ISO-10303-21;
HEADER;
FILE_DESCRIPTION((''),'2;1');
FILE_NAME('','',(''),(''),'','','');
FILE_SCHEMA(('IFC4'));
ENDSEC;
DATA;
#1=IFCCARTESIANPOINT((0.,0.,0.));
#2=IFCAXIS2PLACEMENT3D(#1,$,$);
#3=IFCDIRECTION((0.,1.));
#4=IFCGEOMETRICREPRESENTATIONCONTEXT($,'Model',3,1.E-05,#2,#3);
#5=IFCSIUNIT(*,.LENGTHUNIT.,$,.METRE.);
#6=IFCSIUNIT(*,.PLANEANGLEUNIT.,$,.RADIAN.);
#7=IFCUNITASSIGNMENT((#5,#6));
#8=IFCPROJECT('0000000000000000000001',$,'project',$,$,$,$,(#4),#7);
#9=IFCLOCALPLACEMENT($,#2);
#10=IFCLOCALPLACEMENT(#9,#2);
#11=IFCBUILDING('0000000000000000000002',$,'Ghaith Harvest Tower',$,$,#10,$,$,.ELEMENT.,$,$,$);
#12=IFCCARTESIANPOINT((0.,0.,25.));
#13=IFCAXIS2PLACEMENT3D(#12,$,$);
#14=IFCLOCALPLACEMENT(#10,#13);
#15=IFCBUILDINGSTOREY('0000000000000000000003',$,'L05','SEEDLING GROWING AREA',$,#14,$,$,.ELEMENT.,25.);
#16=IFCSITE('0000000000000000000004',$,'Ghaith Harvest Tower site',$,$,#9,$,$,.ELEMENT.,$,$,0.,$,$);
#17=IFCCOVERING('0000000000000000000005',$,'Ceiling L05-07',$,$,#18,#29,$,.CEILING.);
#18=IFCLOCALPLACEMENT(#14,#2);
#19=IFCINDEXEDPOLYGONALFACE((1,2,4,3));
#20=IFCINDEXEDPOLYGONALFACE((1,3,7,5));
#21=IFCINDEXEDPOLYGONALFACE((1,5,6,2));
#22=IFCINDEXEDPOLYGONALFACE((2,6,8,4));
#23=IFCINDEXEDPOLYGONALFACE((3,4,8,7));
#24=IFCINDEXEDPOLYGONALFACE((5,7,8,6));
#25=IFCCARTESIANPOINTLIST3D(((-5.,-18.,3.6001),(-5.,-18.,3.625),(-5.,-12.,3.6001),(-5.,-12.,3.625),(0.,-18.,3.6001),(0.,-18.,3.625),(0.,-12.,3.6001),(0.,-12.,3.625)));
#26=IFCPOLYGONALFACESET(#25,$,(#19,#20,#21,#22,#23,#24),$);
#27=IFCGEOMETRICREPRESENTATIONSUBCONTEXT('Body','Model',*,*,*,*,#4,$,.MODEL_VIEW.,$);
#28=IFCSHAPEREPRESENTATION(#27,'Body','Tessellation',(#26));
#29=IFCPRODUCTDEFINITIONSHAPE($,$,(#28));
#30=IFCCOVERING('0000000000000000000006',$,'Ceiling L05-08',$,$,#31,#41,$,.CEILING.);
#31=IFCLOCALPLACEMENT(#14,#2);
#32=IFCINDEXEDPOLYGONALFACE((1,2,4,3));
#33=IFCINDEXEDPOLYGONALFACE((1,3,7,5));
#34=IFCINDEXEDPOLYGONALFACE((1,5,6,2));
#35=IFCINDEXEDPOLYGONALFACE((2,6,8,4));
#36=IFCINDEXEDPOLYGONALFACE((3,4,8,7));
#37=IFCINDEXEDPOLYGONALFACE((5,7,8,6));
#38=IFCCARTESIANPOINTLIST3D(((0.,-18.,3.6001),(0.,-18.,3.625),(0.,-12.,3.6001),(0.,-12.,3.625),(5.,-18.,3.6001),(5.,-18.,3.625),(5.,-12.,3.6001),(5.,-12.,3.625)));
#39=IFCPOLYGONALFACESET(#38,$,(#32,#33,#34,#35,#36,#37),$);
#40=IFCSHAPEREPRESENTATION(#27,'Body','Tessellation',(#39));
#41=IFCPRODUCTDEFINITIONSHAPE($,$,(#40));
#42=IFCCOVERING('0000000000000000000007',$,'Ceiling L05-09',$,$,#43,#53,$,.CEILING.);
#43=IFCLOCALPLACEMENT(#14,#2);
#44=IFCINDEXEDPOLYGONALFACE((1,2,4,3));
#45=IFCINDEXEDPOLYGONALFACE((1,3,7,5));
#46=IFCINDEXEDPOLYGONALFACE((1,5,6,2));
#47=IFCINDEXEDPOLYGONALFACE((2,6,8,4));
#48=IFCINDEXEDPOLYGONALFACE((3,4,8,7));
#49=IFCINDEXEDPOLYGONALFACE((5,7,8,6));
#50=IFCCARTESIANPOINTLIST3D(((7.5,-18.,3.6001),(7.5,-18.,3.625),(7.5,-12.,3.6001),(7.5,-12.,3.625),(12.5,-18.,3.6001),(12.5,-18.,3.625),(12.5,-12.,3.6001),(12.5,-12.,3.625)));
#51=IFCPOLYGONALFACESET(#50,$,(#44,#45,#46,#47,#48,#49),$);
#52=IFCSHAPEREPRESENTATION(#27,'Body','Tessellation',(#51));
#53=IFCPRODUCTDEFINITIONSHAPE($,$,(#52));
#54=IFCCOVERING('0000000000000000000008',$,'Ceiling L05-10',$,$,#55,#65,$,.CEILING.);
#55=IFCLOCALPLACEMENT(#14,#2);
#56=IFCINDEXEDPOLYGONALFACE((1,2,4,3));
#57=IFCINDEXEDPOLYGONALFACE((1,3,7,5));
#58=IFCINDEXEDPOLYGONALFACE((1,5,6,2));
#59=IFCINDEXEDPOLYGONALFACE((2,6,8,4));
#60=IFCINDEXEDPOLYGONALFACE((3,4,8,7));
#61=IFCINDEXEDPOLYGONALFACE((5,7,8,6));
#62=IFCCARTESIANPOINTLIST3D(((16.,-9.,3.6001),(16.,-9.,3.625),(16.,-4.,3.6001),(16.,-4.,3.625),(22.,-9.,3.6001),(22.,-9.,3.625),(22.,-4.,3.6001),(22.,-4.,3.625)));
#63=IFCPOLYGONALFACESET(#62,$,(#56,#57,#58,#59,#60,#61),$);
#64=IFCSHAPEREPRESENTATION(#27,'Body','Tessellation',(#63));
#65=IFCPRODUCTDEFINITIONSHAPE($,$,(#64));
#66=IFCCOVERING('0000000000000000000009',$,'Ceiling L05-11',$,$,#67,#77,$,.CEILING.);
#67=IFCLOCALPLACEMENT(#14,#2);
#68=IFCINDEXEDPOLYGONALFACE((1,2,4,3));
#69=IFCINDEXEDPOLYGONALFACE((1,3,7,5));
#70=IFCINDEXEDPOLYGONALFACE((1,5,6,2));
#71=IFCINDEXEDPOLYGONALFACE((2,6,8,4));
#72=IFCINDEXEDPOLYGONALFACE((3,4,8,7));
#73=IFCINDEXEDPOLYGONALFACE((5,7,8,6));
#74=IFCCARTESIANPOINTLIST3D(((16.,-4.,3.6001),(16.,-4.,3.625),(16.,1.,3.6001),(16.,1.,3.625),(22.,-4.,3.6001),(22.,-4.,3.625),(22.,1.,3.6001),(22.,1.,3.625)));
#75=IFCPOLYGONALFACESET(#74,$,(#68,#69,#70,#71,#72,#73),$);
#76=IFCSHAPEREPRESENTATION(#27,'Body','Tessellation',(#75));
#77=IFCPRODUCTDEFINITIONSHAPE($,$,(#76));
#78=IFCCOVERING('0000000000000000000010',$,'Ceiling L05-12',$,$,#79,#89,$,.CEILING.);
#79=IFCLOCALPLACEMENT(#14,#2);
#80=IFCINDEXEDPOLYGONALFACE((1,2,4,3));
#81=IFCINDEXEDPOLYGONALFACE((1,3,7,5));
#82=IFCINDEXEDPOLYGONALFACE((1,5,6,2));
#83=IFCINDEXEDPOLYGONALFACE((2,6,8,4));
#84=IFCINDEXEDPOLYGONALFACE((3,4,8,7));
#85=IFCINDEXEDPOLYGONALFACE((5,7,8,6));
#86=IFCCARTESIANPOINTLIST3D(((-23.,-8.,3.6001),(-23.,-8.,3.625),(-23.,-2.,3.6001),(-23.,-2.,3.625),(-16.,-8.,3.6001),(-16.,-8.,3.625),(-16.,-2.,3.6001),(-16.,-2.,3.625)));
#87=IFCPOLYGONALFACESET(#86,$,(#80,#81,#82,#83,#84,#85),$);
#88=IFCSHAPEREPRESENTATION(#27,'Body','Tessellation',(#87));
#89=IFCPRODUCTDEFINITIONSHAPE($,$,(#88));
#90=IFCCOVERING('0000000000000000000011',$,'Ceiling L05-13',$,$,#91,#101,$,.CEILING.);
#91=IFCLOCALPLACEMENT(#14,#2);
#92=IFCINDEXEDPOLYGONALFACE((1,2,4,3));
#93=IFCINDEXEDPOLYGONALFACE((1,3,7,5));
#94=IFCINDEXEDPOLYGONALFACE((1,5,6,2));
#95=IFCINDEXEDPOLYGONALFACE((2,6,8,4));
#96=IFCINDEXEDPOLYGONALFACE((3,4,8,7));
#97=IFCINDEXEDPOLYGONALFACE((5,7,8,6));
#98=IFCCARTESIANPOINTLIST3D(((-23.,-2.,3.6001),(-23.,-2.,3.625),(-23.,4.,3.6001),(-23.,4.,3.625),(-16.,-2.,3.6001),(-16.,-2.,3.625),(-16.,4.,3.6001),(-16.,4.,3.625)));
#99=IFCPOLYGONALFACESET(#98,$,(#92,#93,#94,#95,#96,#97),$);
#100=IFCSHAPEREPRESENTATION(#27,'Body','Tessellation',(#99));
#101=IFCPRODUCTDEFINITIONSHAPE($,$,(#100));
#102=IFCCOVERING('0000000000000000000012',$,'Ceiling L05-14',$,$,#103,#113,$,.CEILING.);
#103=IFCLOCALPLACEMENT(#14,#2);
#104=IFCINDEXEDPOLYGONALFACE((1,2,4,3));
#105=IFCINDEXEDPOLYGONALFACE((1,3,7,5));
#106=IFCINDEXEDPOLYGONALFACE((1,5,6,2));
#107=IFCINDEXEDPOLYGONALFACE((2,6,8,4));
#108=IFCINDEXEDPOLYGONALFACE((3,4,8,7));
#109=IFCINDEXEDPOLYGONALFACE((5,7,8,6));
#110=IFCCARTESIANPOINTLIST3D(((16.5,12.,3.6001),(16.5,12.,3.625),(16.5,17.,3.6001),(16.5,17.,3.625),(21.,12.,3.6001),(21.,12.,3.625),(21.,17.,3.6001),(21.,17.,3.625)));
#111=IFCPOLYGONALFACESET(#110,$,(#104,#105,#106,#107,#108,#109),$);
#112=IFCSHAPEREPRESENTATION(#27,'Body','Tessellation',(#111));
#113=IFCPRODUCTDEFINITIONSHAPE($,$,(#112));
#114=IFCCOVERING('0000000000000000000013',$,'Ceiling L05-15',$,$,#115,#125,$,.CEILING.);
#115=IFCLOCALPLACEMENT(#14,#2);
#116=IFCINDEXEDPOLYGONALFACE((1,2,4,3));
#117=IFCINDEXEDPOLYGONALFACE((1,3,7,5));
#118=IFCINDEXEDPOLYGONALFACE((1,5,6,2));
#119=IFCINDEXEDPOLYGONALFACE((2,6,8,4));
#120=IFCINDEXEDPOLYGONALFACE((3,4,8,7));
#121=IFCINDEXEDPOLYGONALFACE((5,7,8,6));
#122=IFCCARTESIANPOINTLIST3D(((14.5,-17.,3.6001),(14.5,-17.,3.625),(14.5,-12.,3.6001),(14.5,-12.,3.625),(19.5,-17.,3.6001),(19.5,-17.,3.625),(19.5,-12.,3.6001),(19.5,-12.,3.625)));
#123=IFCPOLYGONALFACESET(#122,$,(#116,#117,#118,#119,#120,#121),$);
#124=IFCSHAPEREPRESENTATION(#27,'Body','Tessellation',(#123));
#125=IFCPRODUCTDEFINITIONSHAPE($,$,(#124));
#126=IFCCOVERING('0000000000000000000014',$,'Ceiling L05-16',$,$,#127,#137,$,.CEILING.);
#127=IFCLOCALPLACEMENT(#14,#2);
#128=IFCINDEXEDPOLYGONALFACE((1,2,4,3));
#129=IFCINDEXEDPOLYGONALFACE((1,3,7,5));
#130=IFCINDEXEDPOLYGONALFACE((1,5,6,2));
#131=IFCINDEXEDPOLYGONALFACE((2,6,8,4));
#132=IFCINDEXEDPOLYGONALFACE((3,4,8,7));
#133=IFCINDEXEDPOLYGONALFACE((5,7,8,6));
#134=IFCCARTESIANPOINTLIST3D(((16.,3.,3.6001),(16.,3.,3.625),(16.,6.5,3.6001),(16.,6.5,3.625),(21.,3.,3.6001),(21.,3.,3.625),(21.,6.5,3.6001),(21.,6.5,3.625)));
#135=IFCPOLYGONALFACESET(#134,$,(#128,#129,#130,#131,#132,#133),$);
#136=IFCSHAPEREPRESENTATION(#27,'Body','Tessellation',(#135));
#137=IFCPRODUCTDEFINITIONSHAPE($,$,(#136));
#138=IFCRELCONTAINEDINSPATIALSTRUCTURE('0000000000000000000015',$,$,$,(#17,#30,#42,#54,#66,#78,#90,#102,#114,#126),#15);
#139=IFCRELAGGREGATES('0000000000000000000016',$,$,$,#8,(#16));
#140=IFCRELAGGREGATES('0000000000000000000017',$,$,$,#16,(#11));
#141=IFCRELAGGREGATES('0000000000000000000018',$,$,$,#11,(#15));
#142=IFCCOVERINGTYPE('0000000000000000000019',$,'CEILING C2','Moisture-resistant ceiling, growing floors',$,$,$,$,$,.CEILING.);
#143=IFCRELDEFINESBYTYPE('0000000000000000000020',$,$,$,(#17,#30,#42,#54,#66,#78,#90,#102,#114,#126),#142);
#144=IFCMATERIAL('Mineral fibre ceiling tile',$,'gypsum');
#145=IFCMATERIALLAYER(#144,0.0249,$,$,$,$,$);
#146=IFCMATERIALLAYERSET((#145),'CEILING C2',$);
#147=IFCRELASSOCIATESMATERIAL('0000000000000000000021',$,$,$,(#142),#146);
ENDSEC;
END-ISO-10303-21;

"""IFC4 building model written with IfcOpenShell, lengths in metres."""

from ifc_helpers import new_model, si_unit, direction, frame, origin, place, context, subcontext, project, spatial, polyline, outline, extrude, material, layer, layer_set, type_object, element, save


model = new_model("IFC4")

# Units and contexts
model_context = context("Model", 3, precision=1e-05, world=origin(), true_north=direction((0.0, 1.0)))
body_context = subcontext(model_context, "Body", "Model", "MODEL_VIEW")
ifc_project = project(units=[si_unit("LENGTHUNIT", "METRE"), si_unit("PLANEANGLEUNIT", "RADIAN")], contexts=[model_context])

# Site, building, storey
site_placement = place(None, origin())
site = spatial("IfcSite", under=ifc_project, at=site_placement, Name="Ghaith Harvest Tower site", CompositionType="ELEMENT", RefElevation=0.0)
building_placement = place(site_placement, origin())
building = spatial("IfcBuilding", under=site, at=building_placement, Name="Ghaith Harvest Tower", CompositionType="ELEMENT")
storey_placement = place(building_placement, frame((0.0, 0.0, 25.0)))
storey = spatial("IfcBuildingStorey", under=building, at=storey_placement, Name="L05", Description="SEEDLING GROWING AREA", CompositionType="ELEMENT", Elevation=25.0)

# Coverings
ifc_material_1 = material(Name="Mineral fibre ceiling tile", Category="gypsum")
ifc_layer_1 = layer(ifc_material_1, 0.0249)
ifc_layer_set_1 = layer_set([ifc_layer_1], Name="CEILING C2")
covering_type = type_object("IfcCoveringType", Name="CEILING C2", Description="Moisture-resistant ceiling, growing floors", PredefinedType="CEILING", material=ifc_layer_set_1)
covering_1_placement = place(storey_placement, frame((0.0, 0.0, 3.6001)))
element("IfcCovering", 1, at=covering_1_placement, inside=storey, type_object=covering_type, Name="Ceiling L05-07", PredefinedType="CEILING", context=body_context, shape_type="SweptSolid", body=[
    extrude(outline(polyline([(-5.0, -18.0), (0.0, -18.0), (0.0, -12.0), (-5.0, -12.0), (-5.0, -18.0)])), origin(), (0.0, 0.0, 1.0), 0.0249),
])
covering_2_placement = place(storey_placement, frame((0.0, 0.0, 3.6001)))
element("IfcCovering", 2, at=covering_2_placement, inside=storey, type_object=covering_type, Name="Ceiling L05-08", PredefinedType="CEILING", context=body_context, shape_type="SweptSolid", body=[
    extrude(outline(polyline([(0.0, -18.0), (5.0, -18.0), (5.0, -12.0), (0.0, -12.0), (0.0, -18.0)])), origin(), (0.0, 0.0, 1.0), 0.0249),
])
covering_3_placement = place(storey_placement, frame((0.0, 0.0, 3.6001)))
element("IfcCovering", 3, at=covering_3_placement, inside=storey, type_object=covering_type, Name="Ceiling L05-09", PredefinedType="CEILING", context=body_context, shape_type="SweptSolid", body=[
    extrude(outline(polyline([(7.5, -18.0), (12.5, -18.0), (12.5, -12.0), (7.5, -12.0), (7.5, -18.0)])), origin(), (0.0, 0.0, 1.0), 0.0249),
])
covering_4_placement = place(storey_placement, frame((0.0, 0.0, 3.6001)))
element("IfcCovering", 4, at=covering_4_placement, inside=storey, type_object=covering_type, Name="Ceiling L05-10", PredefinedType="CEILING", context=body_context, shape_type="SweptSolid", body=[
    extrude(outline(polyline([(16.0, -9.0), (22.0, -9.0), (22.0, -4.0), (16.0, -4.0), (16.0, -9.0)])), origin(), (0.0, 0.0, 1.0), 0.0249),
])
covering_5_placement = place(storey_placement, frame((0.0, 0.0, 3.6001)))
element("IfcCovering", 5, at=covering_5_placement, inside=storey, type_object=covering_type, Name="Ceiling L05-11", PredefinedType="CEILING", context=body_context, shape_type="SweptSolid", body=[
    extrude(outline(polyline([(16.0, -4.0), (22.0, -4.0), (22.0, 1.0), (16.0, 1.0), (16.0, -4.0)])), origin(), (0.0, 0.0, 1.0), 0.0249),
])
covering_6_placement = place(storey_placement, frame((0.0, 0.0, 3.6001)))
element("IfcCovering", 6, at=covering_6_placement, inside=storey, type_object=covering_type, Name="Ceiling L05-12", PredefinedType="CEILING", context=body_context, shape_type="SweptSolid", body=[
    extrude(outline(polyline([(-23.0, -8.0), (-16.0, -8.0), (-16.0, -2.0), (-23.0, -2.0), (-23.0, -8.0)])), origin(), (0.0, 0.0, 1.0), 0.0249),
])
covering_7_placement = place(storey_placement, frame((0.0, 0.0, 3.6001)))
element("IfcCovering", 7, at=covering_7_placement, inside=storey, type_object=covering_type, Name="Ceiling L05-13", PredefinedType="CEILING", context=body_context, shape_type="SweptSolid", body=[
    extrude(outline(polyline([(-23.0, -2.0), (-16.0, -2.0), (-16.0, 4.0), (-23.0, 4.0), (-23.0, -2.0)])), origin(), (0.0, 0.0, 1.0), 0.0249),
])
covering_8_placement = place(storey_placement, frame((0.0, 0.0, 3.6001)))
element("IfcCovering", 8, at=covering_8_placement, inside=storey, type_object=covering_type, Name="Ceiling L05-14", PredefinedType="CEILING", context=body_context, shape_type="SweptSolid", body=[
    extrude(outline(polyline([(16.5, 12.0), (21.0, 12.0), (21.0, 17.0), (16.5, 17.0), (16.5, 12.0)])), origin(), (0.0, 0.0, 1.0), 0.0249),
])
covering_9_placement = place(storey_placement, frame((0.0, 0.0, 3.6001)))
element("IfcCovering", 9, at=covering_9_placement, inside=storey, type_object=covering_type, Name="Ceiling L05-15", PredefinedType="CEILING", context=body_context, shape_type="SweptSolid", body=[
    extrude(outline(polyline([(14.5, -17.0), (19.5, -17.0), (19.5, -12.0), (14.5, -12.0), (14.5, -17.0)])), origin(), (0.0, 0.0, 1.0), 0.0249),
])
covering_10_placement = place(storey_placement, frame((0.0, 0.0, 3.6001)))
element("IfcCovering", 10, at=covering_10_placement, inside=storey, type_object=covering_type, Name="Ceiling L05-16", PredefinedType="CEILING", context=body_context, shape_type="SweptSolid", body=[
    extrude(outline(polyline([(16.0, 3.0), (21.0, 3.0), (21.0, 6.5), (16.0, 6.5), (16.0, 3.0)])), origin(), (0.0, 0.0, 1.0), 0.0249),
])

save(model, "model.ifc")
